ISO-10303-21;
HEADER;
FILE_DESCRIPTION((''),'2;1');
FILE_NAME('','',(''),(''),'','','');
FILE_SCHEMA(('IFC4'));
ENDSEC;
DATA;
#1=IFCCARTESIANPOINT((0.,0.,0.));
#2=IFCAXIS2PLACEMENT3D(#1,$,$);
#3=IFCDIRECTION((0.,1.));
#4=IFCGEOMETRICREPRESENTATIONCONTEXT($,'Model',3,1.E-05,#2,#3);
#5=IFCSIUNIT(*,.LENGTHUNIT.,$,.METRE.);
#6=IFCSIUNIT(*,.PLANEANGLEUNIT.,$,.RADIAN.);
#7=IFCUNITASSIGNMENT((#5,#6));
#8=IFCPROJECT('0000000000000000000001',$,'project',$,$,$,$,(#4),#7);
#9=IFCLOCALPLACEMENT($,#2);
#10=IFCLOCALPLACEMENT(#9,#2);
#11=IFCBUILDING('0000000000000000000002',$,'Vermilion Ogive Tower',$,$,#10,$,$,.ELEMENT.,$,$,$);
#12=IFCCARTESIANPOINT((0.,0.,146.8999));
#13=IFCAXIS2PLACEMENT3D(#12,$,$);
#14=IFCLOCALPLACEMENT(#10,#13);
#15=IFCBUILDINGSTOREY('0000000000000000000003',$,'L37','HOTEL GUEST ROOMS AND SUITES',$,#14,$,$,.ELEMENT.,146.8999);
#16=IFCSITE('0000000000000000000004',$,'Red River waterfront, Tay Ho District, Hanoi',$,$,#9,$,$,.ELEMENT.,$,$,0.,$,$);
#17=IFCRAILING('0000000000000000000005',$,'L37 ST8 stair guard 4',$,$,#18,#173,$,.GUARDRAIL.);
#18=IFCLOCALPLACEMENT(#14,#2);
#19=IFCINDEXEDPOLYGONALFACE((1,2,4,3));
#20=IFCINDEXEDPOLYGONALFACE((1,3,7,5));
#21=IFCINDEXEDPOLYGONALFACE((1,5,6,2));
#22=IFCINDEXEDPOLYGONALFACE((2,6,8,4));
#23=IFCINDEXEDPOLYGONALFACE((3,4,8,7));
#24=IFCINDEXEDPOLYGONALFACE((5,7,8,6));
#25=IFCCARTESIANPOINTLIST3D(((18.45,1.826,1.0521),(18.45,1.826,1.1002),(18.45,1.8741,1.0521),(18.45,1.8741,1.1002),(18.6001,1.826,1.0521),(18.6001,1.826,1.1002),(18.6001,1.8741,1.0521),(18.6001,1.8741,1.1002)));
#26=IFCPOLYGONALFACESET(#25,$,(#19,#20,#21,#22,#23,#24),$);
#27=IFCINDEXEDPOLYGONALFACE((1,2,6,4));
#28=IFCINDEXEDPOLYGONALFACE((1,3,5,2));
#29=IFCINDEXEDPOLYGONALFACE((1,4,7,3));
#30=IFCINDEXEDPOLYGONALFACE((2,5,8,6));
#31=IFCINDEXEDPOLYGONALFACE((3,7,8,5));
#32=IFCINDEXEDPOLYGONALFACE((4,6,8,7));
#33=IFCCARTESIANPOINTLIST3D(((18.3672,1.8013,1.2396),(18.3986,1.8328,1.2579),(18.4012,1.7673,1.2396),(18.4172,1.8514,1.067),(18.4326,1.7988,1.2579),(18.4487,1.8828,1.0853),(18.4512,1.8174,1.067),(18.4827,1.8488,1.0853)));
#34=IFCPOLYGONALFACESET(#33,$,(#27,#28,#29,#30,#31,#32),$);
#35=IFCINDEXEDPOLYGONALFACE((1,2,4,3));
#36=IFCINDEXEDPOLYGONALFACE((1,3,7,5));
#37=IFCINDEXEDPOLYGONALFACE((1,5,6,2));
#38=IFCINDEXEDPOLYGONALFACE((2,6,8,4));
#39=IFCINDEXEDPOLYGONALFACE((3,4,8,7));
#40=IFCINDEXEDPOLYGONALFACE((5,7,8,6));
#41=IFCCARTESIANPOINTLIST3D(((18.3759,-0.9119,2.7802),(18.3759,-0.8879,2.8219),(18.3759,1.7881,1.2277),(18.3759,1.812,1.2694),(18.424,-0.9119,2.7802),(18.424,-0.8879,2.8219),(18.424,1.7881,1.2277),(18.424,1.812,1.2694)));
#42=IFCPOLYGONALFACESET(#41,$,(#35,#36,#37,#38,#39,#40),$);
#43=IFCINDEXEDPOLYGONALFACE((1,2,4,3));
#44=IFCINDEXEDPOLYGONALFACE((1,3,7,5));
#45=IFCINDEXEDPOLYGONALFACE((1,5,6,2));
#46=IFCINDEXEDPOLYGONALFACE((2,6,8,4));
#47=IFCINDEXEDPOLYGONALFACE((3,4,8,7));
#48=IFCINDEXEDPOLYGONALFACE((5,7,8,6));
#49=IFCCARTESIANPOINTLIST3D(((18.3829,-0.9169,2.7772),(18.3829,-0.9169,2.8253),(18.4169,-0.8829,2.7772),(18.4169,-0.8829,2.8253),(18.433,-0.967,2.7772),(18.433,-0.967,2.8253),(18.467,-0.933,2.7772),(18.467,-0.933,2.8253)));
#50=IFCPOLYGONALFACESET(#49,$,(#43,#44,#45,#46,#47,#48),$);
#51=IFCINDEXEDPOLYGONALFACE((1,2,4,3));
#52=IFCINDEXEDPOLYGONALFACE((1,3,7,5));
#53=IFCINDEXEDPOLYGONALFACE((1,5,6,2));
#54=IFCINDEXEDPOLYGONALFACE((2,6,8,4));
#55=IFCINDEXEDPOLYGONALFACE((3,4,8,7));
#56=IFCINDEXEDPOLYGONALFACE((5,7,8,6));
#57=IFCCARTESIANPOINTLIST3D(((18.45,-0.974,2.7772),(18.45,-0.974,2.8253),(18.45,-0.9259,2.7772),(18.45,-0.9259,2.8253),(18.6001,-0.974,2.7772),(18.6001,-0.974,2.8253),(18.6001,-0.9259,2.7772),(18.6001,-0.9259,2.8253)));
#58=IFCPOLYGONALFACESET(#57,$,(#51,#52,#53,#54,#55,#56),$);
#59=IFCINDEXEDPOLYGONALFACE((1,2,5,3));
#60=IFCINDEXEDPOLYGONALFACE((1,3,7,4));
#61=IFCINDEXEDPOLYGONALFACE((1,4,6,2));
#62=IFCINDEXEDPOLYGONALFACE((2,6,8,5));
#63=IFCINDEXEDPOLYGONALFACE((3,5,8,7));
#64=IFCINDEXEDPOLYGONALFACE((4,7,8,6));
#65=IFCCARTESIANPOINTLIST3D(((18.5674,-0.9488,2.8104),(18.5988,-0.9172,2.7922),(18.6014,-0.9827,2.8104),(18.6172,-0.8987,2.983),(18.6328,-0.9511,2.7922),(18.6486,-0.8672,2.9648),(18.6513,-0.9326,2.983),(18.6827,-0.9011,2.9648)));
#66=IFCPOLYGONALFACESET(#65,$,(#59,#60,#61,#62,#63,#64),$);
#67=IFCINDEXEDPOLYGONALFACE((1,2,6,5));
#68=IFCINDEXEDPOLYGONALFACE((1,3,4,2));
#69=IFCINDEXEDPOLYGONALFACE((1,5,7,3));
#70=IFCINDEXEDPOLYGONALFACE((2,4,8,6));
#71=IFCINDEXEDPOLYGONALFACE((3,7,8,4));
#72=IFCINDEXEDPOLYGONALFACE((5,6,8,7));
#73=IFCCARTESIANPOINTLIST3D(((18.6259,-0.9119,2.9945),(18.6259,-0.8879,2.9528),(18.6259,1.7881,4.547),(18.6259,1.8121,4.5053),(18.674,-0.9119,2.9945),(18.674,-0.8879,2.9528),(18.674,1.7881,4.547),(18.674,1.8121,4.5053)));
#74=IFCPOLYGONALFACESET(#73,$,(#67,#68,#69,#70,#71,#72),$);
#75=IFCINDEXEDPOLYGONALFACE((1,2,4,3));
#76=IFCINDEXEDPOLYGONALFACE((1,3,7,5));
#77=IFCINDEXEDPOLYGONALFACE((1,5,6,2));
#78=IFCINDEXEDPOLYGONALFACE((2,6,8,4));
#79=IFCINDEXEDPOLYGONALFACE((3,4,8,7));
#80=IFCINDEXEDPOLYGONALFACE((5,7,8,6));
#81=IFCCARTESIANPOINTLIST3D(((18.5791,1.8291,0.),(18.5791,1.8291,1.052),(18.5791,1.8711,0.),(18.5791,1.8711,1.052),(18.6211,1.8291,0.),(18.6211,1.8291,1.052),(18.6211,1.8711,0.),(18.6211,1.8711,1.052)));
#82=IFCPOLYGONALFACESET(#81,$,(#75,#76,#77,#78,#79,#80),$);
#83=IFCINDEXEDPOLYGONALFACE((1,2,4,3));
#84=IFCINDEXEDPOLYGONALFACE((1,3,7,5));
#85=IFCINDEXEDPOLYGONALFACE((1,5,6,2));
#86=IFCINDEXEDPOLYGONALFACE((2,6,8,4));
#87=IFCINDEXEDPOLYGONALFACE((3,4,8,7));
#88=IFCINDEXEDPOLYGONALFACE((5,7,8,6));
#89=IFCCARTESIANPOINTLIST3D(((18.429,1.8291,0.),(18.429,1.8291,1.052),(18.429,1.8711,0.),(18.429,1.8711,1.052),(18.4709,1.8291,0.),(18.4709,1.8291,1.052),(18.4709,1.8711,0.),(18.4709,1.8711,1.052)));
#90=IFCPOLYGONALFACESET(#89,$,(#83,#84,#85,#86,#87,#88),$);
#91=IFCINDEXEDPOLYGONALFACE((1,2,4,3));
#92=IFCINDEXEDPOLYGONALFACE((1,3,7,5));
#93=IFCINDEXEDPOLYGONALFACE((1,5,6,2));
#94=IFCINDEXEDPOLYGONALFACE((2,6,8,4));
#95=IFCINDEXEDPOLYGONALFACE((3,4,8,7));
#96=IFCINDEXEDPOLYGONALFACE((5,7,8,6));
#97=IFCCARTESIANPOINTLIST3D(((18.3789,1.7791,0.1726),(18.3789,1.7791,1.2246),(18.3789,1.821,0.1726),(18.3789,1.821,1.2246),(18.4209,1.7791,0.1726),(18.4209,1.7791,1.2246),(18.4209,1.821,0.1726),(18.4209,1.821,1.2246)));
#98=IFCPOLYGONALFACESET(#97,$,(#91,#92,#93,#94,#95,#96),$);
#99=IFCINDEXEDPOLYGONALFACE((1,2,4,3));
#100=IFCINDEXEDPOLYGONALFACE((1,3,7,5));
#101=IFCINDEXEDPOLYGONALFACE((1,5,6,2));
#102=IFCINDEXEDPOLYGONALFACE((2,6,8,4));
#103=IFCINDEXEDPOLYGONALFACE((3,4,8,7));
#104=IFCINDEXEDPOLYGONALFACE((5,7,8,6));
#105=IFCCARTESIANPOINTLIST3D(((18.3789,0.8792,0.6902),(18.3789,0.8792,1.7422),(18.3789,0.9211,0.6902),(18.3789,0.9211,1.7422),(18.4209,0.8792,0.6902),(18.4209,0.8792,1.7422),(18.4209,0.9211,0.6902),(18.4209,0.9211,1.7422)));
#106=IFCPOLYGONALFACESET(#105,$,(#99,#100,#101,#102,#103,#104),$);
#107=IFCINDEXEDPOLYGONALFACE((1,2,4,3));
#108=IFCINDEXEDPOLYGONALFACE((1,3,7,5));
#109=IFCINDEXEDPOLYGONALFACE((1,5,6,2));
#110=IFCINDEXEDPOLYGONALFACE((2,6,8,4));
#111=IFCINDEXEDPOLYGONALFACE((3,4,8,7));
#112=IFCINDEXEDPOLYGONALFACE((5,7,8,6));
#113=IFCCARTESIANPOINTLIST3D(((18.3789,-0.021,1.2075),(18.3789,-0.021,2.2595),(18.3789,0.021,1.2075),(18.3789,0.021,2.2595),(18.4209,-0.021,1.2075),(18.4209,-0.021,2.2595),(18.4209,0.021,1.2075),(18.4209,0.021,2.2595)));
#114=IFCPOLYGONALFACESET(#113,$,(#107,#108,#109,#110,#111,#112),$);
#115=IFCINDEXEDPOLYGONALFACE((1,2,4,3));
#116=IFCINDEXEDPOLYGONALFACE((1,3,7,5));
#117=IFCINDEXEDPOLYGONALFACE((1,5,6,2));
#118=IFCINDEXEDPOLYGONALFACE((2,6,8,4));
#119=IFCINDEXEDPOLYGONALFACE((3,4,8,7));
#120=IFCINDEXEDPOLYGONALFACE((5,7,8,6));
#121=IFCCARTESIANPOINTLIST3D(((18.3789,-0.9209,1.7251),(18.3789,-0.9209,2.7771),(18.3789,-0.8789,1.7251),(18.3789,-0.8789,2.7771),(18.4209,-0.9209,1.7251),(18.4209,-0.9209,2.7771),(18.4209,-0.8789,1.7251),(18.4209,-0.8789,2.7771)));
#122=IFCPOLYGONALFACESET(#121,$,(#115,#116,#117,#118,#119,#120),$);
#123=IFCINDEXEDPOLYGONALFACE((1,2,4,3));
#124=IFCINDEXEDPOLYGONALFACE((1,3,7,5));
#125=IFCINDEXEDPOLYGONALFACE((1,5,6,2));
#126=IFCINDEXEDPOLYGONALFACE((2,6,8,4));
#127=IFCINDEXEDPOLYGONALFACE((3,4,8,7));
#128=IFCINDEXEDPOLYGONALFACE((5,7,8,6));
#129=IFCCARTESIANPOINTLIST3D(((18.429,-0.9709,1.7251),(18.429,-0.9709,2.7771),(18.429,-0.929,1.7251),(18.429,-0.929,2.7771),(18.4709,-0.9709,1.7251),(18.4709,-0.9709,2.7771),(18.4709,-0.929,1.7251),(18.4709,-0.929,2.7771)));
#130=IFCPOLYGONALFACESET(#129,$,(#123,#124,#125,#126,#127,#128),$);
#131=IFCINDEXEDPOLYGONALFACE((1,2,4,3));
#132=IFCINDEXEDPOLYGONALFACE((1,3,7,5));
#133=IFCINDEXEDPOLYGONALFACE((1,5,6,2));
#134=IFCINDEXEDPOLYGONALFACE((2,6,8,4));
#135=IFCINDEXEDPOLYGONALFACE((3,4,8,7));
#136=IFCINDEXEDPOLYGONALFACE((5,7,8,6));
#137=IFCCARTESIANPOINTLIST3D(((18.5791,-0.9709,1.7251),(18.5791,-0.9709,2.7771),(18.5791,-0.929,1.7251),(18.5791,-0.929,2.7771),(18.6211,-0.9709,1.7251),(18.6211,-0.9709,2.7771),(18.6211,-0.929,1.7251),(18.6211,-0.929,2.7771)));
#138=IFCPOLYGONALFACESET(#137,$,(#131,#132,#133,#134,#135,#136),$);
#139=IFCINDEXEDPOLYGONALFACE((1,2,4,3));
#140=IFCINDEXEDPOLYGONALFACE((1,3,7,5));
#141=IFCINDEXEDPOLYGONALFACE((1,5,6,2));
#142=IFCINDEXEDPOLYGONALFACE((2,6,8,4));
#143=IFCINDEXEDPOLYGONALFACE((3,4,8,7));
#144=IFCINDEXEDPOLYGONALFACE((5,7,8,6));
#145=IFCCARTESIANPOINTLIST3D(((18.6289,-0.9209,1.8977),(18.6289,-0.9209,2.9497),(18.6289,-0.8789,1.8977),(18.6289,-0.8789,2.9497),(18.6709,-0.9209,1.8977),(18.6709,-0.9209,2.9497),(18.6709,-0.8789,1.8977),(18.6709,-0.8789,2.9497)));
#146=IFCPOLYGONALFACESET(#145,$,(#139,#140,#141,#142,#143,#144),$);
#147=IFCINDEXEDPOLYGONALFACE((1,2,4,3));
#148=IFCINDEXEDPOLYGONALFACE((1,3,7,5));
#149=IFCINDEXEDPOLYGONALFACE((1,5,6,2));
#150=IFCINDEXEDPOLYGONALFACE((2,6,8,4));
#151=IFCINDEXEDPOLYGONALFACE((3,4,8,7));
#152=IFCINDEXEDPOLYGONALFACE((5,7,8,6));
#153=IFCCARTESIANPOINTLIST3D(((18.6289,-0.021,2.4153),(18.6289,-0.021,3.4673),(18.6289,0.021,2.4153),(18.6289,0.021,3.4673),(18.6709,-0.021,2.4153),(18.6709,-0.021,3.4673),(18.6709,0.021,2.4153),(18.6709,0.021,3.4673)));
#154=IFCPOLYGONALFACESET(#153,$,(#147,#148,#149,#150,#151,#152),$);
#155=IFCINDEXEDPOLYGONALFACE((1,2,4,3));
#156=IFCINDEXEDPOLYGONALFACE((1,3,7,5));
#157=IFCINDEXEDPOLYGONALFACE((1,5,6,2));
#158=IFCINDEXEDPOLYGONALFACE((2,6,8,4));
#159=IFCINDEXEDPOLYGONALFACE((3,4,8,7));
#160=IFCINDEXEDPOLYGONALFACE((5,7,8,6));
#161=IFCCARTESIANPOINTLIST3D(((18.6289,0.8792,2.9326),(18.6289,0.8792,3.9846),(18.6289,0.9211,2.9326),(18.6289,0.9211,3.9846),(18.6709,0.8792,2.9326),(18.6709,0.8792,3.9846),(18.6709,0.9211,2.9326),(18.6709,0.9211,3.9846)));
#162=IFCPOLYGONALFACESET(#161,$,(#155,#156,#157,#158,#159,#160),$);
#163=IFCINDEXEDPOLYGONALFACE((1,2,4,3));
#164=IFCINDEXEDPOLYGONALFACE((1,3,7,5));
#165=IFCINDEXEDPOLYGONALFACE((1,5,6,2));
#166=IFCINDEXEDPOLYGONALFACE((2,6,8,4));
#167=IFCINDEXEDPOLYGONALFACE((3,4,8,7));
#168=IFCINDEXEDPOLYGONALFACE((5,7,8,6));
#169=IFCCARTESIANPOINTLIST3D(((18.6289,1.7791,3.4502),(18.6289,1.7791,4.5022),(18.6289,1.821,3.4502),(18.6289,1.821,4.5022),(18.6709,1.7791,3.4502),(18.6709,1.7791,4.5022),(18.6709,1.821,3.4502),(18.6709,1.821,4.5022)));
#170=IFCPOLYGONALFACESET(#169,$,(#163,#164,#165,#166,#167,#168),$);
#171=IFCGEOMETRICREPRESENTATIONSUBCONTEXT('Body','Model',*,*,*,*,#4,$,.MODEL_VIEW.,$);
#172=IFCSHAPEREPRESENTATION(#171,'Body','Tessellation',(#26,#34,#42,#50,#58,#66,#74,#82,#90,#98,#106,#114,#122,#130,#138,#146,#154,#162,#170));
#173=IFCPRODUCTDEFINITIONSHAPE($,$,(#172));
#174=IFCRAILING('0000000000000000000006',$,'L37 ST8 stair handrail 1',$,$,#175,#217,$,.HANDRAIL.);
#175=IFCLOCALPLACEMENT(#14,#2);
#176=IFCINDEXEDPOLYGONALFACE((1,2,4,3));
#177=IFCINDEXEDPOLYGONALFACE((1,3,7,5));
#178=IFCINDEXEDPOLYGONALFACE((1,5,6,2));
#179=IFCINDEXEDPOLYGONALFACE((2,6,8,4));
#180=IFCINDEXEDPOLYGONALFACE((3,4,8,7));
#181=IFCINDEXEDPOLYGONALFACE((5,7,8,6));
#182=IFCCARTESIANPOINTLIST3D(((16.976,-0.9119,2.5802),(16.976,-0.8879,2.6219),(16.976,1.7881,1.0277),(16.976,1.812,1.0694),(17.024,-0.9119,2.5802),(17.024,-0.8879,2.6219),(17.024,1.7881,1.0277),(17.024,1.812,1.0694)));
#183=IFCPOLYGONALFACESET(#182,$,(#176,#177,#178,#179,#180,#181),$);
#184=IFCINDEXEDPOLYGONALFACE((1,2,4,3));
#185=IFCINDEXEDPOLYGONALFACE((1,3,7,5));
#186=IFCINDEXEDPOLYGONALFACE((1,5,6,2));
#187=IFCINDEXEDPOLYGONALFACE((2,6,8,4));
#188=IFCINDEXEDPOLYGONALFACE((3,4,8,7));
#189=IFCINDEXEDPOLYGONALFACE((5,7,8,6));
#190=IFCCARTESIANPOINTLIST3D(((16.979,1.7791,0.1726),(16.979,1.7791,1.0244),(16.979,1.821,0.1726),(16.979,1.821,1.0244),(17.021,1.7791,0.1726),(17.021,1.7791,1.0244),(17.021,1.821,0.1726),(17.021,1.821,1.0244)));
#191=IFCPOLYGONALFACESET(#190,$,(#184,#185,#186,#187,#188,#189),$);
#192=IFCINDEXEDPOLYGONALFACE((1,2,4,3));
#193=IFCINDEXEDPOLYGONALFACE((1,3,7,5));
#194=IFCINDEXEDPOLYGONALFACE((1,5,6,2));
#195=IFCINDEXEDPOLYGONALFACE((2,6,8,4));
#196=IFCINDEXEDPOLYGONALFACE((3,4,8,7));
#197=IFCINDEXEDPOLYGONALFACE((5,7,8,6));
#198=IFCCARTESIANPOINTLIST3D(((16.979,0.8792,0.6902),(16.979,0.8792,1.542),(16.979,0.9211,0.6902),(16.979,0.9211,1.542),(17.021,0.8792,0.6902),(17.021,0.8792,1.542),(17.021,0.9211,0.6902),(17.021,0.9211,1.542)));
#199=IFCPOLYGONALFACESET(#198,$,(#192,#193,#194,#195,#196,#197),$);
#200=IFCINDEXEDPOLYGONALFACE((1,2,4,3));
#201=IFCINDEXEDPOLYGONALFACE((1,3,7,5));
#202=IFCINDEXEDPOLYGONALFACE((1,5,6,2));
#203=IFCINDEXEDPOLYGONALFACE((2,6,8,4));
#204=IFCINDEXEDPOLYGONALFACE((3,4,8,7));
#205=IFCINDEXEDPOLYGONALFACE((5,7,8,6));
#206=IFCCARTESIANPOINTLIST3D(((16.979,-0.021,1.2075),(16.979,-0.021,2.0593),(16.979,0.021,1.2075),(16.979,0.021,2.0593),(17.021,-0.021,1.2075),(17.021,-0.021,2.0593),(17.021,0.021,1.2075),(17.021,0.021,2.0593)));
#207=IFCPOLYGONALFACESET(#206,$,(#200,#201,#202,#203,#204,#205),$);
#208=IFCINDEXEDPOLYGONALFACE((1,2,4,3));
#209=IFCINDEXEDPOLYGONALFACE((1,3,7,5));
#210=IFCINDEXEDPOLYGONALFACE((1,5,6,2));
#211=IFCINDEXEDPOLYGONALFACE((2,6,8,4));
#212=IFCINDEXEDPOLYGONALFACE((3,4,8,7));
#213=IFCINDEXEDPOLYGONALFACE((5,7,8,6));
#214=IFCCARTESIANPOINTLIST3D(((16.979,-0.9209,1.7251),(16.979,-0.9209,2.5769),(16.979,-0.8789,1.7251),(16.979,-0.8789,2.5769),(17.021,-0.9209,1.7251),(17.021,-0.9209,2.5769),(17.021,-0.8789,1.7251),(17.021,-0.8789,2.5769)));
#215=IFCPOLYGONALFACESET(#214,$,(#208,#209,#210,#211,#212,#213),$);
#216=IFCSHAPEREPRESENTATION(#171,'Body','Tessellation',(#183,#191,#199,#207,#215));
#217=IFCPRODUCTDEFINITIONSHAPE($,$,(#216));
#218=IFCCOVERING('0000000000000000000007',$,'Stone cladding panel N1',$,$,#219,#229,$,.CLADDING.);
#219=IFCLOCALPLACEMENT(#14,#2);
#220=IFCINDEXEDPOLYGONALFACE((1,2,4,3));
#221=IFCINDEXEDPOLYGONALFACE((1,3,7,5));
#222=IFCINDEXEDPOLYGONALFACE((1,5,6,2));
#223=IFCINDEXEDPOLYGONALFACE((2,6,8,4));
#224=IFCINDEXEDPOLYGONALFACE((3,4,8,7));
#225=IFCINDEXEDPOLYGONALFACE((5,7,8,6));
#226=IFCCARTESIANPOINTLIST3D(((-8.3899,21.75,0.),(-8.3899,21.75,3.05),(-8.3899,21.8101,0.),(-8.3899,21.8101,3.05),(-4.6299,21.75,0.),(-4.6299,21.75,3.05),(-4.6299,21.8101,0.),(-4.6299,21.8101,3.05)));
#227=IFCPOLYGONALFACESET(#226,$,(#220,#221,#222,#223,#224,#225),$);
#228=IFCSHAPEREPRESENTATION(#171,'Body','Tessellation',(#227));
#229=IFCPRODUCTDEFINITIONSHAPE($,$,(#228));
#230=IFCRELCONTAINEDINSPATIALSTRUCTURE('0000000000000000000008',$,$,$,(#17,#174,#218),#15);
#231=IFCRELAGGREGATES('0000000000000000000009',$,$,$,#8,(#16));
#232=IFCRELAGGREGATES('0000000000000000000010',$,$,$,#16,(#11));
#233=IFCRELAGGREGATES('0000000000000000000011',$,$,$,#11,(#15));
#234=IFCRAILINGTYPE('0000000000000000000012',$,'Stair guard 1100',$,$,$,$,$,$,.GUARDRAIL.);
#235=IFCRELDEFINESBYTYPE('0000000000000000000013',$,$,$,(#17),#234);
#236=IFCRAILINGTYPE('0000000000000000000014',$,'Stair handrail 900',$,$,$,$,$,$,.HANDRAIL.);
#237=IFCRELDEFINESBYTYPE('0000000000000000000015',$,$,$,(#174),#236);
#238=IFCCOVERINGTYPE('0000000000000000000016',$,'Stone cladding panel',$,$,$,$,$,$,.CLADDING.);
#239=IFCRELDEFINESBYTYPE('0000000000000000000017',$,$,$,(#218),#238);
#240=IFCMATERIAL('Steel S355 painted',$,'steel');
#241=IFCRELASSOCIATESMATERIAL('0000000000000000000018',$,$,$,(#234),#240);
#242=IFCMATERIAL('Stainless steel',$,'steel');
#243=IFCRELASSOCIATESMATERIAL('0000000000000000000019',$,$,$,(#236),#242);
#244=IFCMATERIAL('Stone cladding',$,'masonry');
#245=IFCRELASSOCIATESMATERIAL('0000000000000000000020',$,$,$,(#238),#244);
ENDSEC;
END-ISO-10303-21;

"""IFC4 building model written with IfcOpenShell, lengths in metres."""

from ifc_helpers import new_model, si_unit, direction, frame, origin, origin_2d, place, context, subcontext, project, spatial, polyline, rectangle, outline, extrude, material, type_object, element, save


model = new_model("IFC4")

# Units and contexts
model_context = context("Model", 3, precision=1e-05, world=origin(), true_north=direction((0.0, 1.0)))
body_context = subcontext(model_context, "Body", "Model", "MODEL_VIEW")
ifc_project = project(units=[si_unit("LENGTHUNIT", "METRE"), si_unit("PLANEANGLEUNIT", "RADIAN")], contexts=[model_context])

# Site, building, storey
site_placement = place(None, origin())
site = spatial("IfcSite", under=ifc_project, at=site_placement, Name="Red River waterfront, Tay Ho District, Hanoi", CompositionType="ELEMENT", RefElevation=0.0)
building_placement = place(site_placement, origin())
building = spatial("IfcBuilding", under=site, at=building_placement, Name="Vermilion Ogive Tower", CompositionType="ELEMENT")
storey_placement = place(building_placement, frame((0.0, 0.0, 146.8999)))
storey = spatial("IfcBuildingStorey", under=building, at=storey_placement, Name="L37", Description="HOTEL GUEST ROOMS AND SUITES", CompositionType="ELEMENT", Elevation=146.8999)

# Railings
ifc_material_1 = material(Name="Steel S355 painted", Category="steel")
railing_type_1 = type_object("IfcRailingType", Name="Stair guard 1100", PredefinedType="GUARDRAIL", material=ifc_material_1)
railing_1_placement = place(storey_placement, frame((18.6001, 1.8501, 0.0)))
element("IfcRailing", 1, at=railing_1_placement, inside=storey, type_object=railing_type_1, Name="L37 ST8 stair guard 4", PredefinedType="GUARDRAIL", context=body_context, shape_type="SweptSolid", body=[
    extrude(rectangle(XDim=0.0481, YDim=0.0481, at=origin_2d()), frame((0.0, 0.0, 1.0762), z_axis=(-1.0, 0.0, 0.0), x_axis=(0.0, -1.0, 0.0)), (0.0, 0.0, 1.0), 0.1501),
    extrude(rectangle(XDim=0.0481, YDim=0.0481, at=origin_2d()), frame((-0.1501, 0.0, 1.0762), z_axis=(-0.268278, -0.268278, 0.925232), x_axis=(0.707107, -0.707107, 0.0)), (0.0, 0.0, 1.0), 0.1865),
    extrude(rectangle(XDim=0.0481, YDim=0.0481, at=origin_2d()), frame((-0.2002, -0.05, 1.2485), z_axis=(0.0, -0.866904, 0.498476), x_axis=(1.0, 0.0, 0.0)), (0.0, 0.0, 1.0), 3.1145),
    extrude(rectangle(XDim=0.0481, YDim=0.0481, at=origin_2d()), frame((-0.2002, -2.75, 2.8013), z_axis=(0.707107, -0.707107, 0.0), x_axis=(0.707107, 0.707107, 0.0)), (0.0, 0.0, 1.0), 0.0708),
    extrude(rectangle(XDim=0.0481, YDim=0.0481, at=origin_2d()), frame((-0.1501, -2.8, 2.8013), z_axis=(1.0, 0.0, 0.0), x_axis=(0.0, 1.0, 0.0)), (0.0, 0.0, 1.0), 0.1501),
    extrude(rectangle(XDim=0.0481, YDim=0.0481, at=origin_2d()), frame((0.0, -2.8, 2.8013), z_axis=(0.267063, 0.268372, 0.925556), x_axis=(-0.708834, 0.705376, 0.0)), (0.0, 0.0, 1.0), 0.1865),
    extrude(rectangle(XDim=0.0481, YDim=0.0481, at=origin_2d()), frame((0.0498, -2.75, 2.9736), z_axis=(0.0, 0.866904, 0.498476), x_axis=(-1.0, 0.0, 0.0)), (0.0, 0.0, 1.0), 3.1145),
    extrude(rectangle(XDim=0.042, YDim=0.042, at=origin_2d()), origin(), (0.0, 0.0, 1.0), 1.052),
    extrude(rectangle(XDim=0.042, YDim=0.042, at=origin_2d()), frame((-0.1501, 0.0, 0.0)), (0.0, 0.0, 1.0), 1.052),
    extrude(rectangle(XDim=0.042, YDim=0.042, at=origin_2d()), frame((-0.2002, -0.05, 0.1726)), (0.0, 0.0, 1.0), 1.052),
    extrude(rectangle(XDim=0.042, YDim=0.042, at=origin_2d()), frame((-0.2002, -0.95, 0.6902)), (0.0, 0.0, 1.0), 1.052),
    extrude(rectangle(XDim=0.042, YDim=0.042, at=origin_2d()), frame((-0.2002, -1.8501, 1.2075)), (0.0, 0.0, 1.0), 1.052),
    extrude(rectangle(XDim=0.042, YDim=0.042, at=origin_2d()), frame((-0.2002, -2.75, 1.7251)), (0.0, 0.0, 1.0), 1.052),
    extrude(rectangle(XDim=0.042, YDim=0.042, at=origin_2d()), frame((-0.1501, -2.8, 1.7251)), (0.0, 0.0, 1.0), 1.052),
    extrude(rectangle(XDim=0.042, YDim=0.042, at=origin_2d()), frame((0.0, -2.8, 1.7251)), (0.0, 0.0, 1.0), 1.052),
    extrude(rectangle(XDim=0.042, YDim=0.042, at=origin_2d()), frame((0.0498, -2.75, 1.8977)), (0.0, 0.0, 1.0), 1.052),
    extrude(rectangle(XDim=0.042, YDim=0.042, at=origin_2d()), frame((0.0498, -1.8501, 2.4153)), (0.0, 0.0, 1.0), 1.052),
    extrude(rectangle(XDim=0.042, YDim=0.042, at=origin_2d()), frame((0.0498, -0.95, 2.9326)), (0.0, 0.0, 1.0), 1.052),
    extrude(rectangle(XDim=0.042, YDim=0.042, at=origin_2d()), frame((0.0498, -0.05, 3.4502)), (0.0, 0.0, 1.0), 1.052),
])
ifc_material_2 = material(Name="Stainless steel", Category="steel")
railing_type_2 = type_object("IfcRailingType", Name="Stair handrail 900", PredefinedType="HANDRAIL", material=ifc_material_2)
railing_2_placement = place(storey_placement, frame((17.0, 1.8, 0.1726)))
element("IfcRailing", 2, at=railing_2_placement, inside=storey, type_object=railing_type_2, Name="L37 ST8 stair handrail 1", PredefinedType="HANDRAIL", context=body_context, shape_type="SweptSolid", body=[
    extrude(rectangle(XDim=0.0481, YDim=0.0481, at=origin_2d()), frame((0.0, 0.0, 0.876), z_axis=(0.0, -0.866904, 0.498476), x_axis=(1.0, 0.0, 0.0)), (0.0, 0.0, 1.0), 3.1145),
    extrude(rectangle(XDim=0.042, YDim=0.042, at=origin_2d()), origin(), (0.0, 0.0, 1.0), 0.8518),
    extrude(rectangle(XDim=0.042, YDim=0.042, at=origin_2d()), frame((0.0, -0.8999, 0.5176)), (0.0, 0.0, 1.0), 0.8518),
    extrude(rectangle(XDim=0.042, YDim=0.042, at=origin_2d()), frame((0.0, -1.8, 1.0349)), (0.0, 0.0, 1.0), 0.8518),
    extrude(rectangle(XDim=0.042, YDim=0.042, at=origin_2d()), frame((0.0, -2.7, 1.5525)), (0.0, 0.0, 1.0), 0.8518),
])

# Covering
ifc_material_3 = material(Name="Stone cladding", Category="masonry")
covering_type_1 = type_object("IfcCoveringType", Name="Stone cladding panel", PredefinedType="CLADDING", material=ifc_material_3)
covering_1_placement = place(storey_placement, origin())
element("IfcCovering", 3, at=covering_1_placement, inside=storey, type_object=covering_type_1, Name="Stone cladding panel N1", PredefinedType="CLADDING", context=body_context, shape_type="SweptSolid", body=[
    extrude(outline(polyline([(-8.3899, 21.75), (-4.6299, 21.75), (-4.6299, 21.8101), (-8.3899, 21.8101), (-8.3899, 21.75)])), origin(), (0.0, 0.0, 1.0), 3.05),
])

save(model, "model.ifc")
